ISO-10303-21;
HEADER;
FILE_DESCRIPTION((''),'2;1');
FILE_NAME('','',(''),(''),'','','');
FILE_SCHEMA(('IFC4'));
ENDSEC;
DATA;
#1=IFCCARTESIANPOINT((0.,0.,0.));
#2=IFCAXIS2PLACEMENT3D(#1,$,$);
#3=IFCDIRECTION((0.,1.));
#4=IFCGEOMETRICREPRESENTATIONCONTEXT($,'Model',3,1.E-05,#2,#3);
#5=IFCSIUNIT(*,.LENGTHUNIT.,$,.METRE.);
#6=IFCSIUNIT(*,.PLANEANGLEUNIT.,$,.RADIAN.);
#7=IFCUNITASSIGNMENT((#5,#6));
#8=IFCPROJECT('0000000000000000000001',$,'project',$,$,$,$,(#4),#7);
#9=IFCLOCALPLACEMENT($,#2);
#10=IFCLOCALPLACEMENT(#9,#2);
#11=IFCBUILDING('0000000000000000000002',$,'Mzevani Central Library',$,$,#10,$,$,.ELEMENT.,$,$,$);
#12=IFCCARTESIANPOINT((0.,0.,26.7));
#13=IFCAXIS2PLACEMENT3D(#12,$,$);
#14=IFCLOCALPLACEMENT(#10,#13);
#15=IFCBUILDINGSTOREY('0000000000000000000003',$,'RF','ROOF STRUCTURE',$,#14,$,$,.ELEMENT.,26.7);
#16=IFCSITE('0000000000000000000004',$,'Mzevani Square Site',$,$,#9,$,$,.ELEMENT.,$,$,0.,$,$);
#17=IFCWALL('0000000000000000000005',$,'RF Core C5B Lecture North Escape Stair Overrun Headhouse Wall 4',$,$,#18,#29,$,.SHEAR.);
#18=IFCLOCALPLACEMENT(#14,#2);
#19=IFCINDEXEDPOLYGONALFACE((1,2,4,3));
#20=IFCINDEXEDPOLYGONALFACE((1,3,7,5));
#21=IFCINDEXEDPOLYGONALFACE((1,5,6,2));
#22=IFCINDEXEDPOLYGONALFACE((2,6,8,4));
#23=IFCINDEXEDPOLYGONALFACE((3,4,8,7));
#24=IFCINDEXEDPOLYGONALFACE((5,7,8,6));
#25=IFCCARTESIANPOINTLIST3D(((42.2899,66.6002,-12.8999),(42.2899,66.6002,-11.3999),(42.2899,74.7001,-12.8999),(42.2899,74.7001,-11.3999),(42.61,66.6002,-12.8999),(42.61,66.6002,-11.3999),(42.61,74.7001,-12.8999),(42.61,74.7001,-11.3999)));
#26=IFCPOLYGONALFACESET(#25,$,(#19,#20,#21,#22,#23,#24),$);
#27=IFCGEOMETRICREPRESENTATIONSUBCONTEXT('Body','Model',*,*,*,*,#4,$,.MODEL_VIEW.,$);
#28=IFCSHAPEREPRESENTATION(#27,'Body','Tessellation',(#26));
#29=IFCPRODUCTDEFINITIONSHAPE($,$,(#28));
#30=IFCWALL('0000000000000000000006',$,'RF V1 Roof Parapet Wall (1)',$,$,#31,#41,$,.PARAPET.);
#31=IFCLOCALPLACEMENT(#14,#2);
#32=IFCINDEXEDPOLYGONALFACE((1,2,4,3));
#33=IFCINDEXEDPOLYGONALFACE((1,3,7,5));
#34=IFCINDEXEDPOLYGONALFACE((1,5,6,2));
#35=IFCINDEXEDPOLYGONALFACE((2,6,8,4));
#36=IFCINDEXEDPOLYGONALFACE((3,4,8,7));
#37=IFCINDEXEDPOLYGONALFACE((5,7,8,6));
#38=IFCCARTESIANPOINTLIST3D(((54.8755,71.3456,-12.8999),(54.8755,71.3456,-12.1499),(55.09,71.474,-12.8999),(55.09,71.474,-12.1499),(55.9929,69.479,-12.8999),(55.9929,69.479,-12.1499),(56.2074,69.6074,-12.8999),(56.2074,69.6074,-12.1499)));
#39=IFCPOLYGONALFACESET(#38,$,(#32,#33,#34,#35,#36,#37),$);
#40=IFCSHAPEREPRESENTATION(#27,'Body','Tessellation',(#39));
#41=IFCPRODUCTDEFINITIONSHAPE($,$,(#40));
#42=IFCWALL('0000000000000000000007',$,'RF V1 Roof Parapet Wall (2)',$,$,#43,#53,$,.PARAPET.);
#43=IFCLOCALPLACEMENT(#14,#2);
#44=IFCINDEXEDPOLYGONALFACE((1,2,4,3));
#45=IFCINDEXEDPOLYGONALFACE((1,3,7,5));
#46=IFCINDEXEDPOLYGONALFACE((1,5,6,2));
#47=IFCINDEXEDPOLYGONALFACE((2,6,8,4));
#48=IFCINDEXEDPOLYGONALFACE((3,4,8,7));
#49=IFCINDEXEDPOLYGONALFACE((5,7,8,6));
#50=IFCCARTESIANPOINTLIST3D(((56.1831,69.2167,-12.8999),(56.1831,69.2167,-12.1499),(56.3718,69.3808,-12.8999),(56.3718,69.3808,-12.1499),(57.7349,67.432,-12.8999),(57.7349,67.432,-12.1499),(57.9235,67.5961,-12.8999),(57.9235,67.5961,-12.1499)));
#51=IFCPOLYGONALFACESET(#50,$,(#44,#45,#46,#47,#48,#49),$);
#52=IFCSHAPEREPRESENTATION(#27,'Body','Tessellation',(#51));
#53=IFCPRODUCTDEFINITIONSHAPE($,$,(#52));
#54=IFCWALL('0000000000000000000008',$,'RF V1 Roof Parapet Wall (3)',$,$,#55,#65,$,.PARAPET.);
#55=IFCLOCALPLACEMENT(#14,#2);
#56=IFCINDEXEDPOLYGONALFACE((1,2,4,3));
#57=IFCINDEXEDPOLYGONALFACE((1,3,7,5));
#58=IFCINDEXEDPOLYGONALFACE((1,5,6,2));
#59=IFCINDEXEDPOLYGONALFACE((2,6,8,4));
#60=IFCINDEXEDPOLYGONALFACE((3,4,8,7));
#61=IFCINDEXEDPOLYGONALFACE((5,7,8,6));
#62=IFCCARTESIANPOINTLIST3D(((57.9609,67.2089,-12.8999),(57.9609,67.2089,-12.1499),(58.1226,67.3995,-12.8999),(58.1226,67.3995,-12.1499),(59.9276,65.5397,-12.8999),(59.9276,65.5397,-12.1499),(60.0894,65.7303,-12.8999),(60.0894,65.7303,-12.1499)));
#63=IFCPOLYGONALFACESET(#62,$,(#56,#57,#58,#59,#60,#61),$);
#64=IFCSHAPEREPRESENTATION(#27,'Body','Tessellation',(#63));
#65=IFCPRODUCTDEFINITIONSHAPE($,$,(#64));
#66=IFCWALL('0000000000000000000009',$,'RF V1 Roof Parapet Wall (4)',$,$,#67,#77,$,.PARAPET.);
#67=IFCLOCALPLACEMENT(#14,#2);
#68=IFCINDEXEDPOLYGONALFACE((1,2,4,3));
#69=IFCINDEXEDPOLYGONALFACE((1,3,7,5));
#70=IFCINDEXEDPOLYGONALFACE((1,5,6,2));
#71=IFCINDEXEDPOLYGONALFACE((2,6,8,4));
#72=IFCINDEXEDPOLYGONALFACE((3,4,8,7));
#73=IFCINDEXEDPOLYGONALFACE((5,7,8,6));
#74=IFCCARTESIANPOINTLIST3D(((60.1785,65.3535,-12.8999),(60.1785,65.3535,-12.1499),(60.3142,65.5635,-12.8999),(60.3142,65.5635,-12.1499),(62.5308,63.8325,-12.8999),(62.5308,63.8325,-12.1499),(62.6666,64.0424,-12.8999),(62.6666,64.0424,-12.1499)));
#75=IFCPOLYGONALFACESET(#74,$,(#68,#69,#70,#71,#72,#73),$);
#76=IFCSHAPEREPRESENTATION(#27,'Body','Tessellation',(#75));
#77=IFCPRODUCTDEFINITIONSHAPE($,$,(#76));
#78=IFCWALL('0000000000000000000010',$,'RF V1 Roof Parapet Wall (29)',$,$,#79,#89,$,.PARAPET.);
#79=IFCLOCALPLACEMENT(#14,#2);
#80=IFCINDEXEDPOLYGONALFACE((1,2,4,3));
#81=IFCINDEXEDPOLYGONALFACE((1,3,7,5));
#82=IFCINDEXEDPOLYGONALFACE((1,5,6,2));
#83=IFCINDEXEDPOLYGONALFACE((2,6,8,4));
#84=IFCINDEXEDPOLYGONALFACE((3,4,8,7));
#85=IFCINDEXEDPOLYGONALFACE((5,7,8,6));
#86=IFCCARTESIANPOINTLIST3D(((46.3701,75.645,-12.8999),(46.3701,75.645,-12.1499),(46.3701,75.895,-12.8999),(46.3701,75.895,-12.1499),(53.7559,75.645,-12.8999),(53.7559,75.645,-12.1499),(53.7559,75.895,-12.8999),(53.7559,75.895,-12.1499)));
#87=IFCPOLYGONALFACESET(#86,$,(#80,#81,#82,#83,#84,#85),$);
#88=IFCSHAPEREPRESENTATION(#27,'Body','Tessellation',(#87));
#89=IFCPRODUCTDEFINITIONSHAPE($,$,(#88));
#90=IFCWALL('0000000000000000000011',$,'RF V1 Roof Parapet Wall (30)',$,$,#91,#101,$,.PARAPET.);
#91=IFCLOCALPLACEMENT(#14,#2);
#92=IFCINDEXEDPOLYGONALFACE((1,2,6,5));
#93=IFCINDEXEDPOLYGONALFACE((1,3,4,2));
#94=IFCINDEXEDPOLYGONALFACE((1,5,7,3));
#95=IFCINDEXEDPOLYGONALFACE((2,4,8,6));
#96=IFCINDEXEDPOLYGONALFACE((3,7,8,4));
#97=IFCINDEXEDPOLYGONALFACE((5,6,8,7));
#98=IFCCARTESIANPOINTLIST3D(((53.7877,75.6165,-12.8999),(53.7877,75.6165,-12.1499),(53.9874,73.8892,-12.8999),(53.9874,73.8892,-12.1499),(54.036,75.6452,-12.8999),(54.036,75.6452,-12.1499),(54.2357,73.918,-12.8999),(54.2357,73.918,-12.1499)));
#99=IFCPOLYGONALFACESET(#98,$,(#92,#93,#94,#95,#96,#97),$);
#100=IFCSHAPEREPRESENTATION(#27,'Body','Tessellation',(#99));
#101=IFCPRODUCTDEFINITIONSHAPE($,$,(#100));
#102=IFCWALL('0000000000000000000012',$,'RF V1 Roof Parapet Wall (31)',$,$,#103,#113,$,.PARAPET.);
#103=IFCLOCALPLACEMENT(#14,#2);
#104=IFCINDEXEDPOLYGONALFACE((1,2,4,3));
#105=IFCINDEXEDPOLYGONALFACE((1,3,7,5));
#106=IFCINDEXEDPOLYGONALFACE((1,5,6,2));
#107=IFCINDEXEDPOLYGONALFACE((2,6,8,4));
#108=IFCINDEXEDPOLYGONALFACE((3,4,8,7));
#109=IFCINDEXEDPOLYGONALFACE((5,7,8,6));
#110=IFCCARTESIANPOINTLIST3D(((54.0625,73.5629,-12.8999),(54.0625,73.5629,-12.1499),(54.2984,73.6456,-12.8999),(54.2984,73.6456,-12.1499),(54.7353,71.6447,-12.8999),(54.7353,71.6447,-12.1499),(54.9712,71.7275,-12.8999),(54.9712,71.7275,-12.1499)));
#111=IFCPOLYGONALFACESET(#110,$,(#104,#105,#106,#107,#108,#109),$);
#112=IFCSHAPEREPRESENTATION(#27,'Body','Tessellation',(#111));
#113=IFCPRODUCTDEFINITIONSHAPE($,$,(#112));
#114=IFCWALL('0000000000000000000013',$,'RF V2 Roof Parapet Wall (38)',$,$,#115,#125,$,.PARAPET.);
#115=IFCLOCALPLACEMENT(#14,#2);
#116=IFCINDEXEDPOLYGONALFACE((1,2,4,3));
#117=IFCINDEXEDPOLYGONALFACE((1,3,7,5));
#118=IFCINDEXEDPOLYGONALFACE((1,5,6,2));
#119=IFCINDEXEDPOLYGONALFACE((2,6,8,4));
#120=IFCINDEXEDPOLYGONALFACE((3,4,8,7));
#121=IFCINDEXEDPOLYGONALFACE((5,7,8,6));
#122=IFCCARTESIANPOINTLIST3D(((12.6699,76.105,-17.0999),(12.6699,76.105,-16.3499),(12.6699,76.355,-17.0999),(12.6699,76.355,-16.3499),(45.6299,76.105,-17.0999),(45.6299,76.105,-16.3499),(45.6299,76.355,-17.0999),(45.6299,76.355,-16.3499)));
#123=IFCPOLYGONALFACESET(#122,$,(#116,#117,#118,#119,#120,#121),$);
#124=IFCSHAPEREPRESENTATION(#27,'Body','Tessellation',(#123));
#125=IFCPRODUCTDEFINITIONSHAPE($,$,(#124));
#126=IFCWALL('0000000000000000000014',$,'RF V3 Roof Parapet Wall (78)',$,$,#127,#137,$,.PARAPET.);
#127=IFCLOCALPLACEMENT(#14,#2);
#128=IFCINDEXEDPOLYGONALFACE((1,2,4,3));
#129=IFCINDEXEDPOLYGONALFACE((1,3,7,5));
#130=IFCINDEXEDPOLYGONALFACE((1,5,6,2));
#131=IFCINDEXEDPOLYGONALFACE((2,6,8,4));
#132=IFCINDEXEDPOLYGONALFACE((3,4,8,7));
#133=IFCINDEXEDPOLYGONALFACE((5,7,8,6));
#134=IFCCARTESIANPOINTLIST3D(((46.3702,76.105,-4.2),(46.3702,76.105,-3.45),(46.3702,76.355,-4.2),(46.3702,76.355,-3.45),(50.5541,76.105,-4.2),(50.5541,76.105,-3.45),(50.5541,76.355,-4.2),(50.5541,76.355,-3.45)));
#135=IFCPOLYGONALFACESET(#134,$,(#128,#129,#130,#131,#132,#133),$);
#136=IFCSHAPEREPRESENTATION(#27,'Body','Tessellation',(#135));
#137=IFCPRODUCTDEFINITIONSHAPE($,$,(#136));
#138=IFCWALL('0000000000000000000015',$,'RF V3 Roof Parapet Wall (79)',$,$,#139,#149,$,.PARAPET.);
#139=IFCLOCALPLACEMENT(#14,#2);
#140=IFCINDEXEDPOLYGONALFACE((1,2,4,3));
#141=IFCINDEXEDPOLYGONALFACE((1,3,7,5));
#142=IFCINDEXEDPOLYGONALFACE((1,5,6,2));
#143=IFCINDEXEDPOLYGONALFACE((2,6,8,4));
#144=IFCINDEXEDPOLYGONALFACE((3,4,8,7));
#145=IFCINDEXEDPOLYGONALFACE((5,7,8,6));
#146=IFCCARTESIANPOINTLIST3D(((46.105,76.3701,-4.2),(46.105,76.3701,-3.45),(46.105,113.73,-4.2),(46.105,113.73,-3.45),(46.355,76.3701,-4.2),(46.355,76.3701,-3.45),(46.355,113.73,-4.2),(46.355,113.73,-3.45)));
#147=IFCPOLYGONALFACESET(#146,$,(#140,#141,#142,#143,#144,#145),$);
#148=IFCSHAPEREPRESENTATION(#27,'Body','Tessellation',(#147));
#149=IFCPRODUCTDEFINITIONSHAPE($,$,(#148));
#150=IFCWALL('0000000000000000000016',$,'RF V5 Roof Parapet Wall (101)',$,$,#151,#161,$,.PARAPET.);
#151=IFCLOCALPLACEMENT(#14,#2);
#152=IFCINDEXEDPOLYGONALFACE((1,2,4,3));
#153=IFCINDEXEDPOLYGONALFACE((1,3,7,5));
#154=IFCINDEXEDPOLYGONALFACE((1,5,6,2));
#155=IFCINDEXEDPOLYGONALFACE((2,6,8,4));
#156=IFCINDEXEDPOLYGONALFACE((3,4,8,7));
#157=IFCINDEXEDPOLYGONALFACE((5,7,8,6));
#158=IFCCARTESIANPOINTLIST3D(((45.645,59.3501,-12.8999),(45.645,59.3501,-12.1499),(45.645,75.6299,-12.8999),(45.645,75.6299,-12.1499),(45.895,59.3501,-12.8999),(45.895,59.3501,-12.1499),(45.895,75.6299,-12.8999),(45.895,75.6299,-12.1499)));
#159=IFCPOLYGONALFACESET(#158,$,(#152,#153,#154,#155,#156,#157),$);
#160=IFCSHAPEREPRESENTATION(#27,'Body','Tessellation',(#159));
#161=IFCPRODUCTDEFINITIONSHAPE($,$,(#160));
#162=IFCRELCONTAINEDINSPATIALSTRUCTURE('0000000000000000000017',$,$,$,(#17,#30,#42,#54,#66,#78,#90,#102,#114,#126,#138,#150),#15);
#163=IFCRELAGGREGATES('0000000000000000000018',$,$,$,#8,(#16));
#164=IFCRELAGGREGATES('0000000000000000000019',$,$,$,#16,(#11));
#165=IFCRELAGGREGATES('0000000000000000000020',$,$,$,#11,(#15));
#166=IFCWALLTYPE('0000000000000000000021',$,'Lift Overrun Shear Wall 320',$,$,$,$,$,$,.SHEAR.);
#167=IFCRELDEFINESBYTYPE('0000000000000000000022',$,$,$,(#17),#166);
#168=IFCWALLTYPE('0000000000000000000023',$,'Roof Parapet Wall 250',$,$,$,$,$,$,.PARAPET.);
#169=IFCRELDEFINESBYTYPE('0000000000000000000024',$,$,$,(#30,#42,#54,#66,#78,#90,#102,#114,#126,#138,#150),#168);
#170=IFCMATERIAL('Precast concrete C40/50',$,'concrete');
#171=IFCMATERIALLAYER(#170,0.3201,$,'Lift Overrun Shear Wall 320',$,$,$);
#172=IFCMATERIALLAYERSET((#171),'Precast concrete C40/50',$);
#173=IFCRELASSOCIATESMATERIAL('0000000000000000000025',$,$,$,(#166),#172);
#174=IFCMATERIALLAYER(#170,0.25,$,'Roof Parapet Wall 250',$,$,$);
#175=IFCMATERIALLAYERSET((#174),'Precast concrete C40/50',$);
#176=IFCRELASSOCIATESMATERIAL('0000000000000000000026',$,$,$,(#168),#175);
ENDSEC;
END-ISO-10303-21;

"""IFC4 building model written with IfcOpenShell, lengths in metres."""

from ifc_helpers import new_model, si_unit, direction, frame, frame_2d, origin, place, context, subcontext, project, spatial, rectangle, extrude, material, layer, layer_set, type_object, element, save


model = new_model("IFC4")

# Units and contexts
model_context = context("Model", 3, precision=1e-05, world=origin(), true_north=direction((0.0, 1.0)))
body_context = subcontext(model_context, "Body", "Model", "MODEL_VIEW")
ifc_project = project(units=[si_unit("LENGTHUNIT", "METRE"), si_unit("PLANEANGLEUNIT", "RADIAN")], contexts=[model_context])

# Site, building, storey
site_placement = place(None, origin())
site = spatial("IfcSite", under=ifc_project, at=site_placement, Name="Mzevani Square Site", CompositionType="ELEMENT", RefElevation=0.0)
building_placement = place(site_placement, origin())
building = spatial("IfcBuilding", under=site, at=building_placement, Name="Mzevani Central Library", CompositionType="ELEMENT")
storey_placement = place(building_placement, frame((0.0, 0.0, 26.7)))
storey = spatial("IfcBuildingStorey", under=building, at=storey_placement, Name="RF", Description="ROOF STRUCTURE", CompositionType="ELEMENT", Elevation=26.7)

# Walls
ifc_material_1 = material(Name="Precast concrete C40/50", Category="concrete")
ifc_layer_1 = layer(ifc_material_1, 0.3201, Name="Lift Overrun Shear Wall 320")
ifc_layer_set_1 = layer_set([ifc_layer_1], Name="Precast concrete C40/50")
wall_type_1 = type_object("IfcWallType", Name="Lift Overrun Shear Wall 320", PredefinedType="SHEAR", material=ifc_layer_set_1)
wall_1_placement = place(storey_placement, frame((42.45, 74.7, -12.8999), z_axis=(0.0, 0.0, 1.0), x_axis=(0.0, -1.0, 0.0)))
element("IfcWall", 1, at=wall_1_placement, inside=storey, type_object=wall_type_1, Name="RF Core C5B Lecture North Escape Stair Overrun Headhouse Wall 4", PredefinedType="SHEAR", context=body_context, shape_type="SweptSolid", body=[
    extrude(rectangle(XDim=8.0999, YDim=0.3201, at=frame_2d((4.0498, 0.0))), origin(), (0.0, 0.0, 1.0), 1.5),
])
ifc_layer_2 = layer(ifc_material_1, 0.25, Name="Roof Parapet Wall 250")
ifc_layer_set_2 = layer_set([ifc_layer_2], Name="Precast concrete C40/50")
wall_type_2 = type_object("IfcWallType", Name="Roof Parapet Wall 250", PredefinedType="PARAPET", material=ifc_layer_set_2)
wall_2_placement = place(storey_placement, frame((54.9827, 71.4099, -12.8999), z_axis=(0.0, 0.0, 1.0), x_axis=(0.513621, -0.858017, 0.0)))
element("IfcWall", 2, at=wall_2_placement, inside=storey, type_object=wall_type_2, Name="RF V1 Roof Parapet Wall (1)", PredefinedType="PARAPET", context=body_context, shape_type="SweptSolid", body=[
    extrude(rectangle(XDim=2.1755, YDim=0.25, at=frame_2d((1.0879, 0.0))), origin(), (0.0, 0.0, 1.0), 0.75),
])
wall_3_placement = place(storey_placement, frame((56.2773, 69.2988, -12.8999), z_axis=(0.0, 0.0, 1.0), x_axis=(0.656148, -0.754632, 0.0)))
element("IfcWall", 3, at=wall_3_placement, inside=storey, type_object=wall_type_2, Name="RF V1 Roof Parapet Wall (2)", PredefinedType="PARAPET", context=body_context, shape_type="SweptSolid", body=[
    extrude(rectangle(XDim=2.365, YDim=0.25, at=frame_2d((1.1826, 0.0))), origin(), (0.0, 0.0, 1.0), 0.75),
])
wall_4_placement = place(storey_placement, frame((58.0417, 67.3042, -12.8999), z_axis=(0.0, 0.0, 1.0), x_axis=(0.762434, -0.647066, 0.0)))
element("IfcWall", 4, at=wall_4_placement, inside=storey, type_object=wall_type_2, Name="RF V1 Roof Parapet Wall (3)", PredefinedType="PARAPET", context=body_context, shape_type="SweptSolid", body=[
    extrude(rectangle(XDim=2.5796, YDim=0.25, at=frame_2d((1.2898, 0.0))), origin(), (0.0, 0.0, 1.0), 0.75),
])
wall_5_placement = place(storey_placement, frame((60.2463, 65.4585, -12.8999), z_axis=(0.0, 0.0, 1.0), x_axis=(0.839745, -0.54298, 0.0)))
element("IfcWall", 5, at=wall_5_placement, inside=storey, type_object=wall_type_2, Name="RF V1 Roof Parapet Wall (4)", PredefinedType="PARAPET", context=body_context, shape_type="SweptSolid", body=[
    extrude(rectangle(XDim=2.8013, YDim=0.25, at=frame_2d((1.4006, 0.0))), origin(), (0.0, 0.0, 1.0), 0.75),
])
wall_6_placement = place(storey_placement, frame((46.3701, 75.77, -12.8999), z_axis=(0.0, 0.0, 1.0), x_axis=(1.0, 0.0, 0.0)))
element("IfcWall", 6, at=wall_6_placement, inside=storey, type_object=wall_type_2, Name="RF V1 Roof Parapet Wall (29)", PredefinedType="PARAPET", context=body_context, shape_type="SweptSolid", body=[
    extrude(rectangle(XDim=7.3857, YDim=0.25, at=frame_2d((3.6929, 0.0))), origin(), (0.0, 0.0, 1.0), 0.75),
])
wall_7_placement = place(storey_placement, frame((53.9119, 75.6309, -12.8999), z_axis=(0.0, 0.0, 1.0), x_axis=(0.114853, -0.993382, 0.0)))
element("IfcWall", 7, at=wall_7_placement, inside=storey, type_object=wall_type_2, Name="RF V1 Roof Parapet Wall (30)", PredefinedType="PARAPET", context=body_context, shape_type="SweptSolid", body=[
    extrude(rectangle(XDim=1.7388, YDim=0.25, at=frame_2d((0.8694, 0.0))), origin(), (0.0, 0.0, 1.0), 0.75),
])
wall_8_placement = place(storey_placement, frame((54.1804, 73.6042, -12.8999), z_axis=(0.0, 0.0, 1.0), x_axis=(0.330998, -0.943632, 0.0)))
element("IfcWall", 8, at=wall_8_placement, inside=storey, type_object=wall_type_2, Name="RF V1 Roof Parapet Wall (31)", PredefinedType="PARAPET", context=body_context, shape_type="SweptSolid", body=[
    extrude(rectangle(XDim=2.0327, YDim=0.25, at=frame_2d((1.0164, 0.0))), origin(), (0.0, 0.0, 1.0), 0.75),
])
wall_9_placement = place(storey_placement, frame((45.6299, 76.23, -17.0999), z_axis=(0.0, 0.0, 1.0), x_axis=(-1.0, 0.0, 0.0)))
element("IfcWall", 9, at=wall_9_placement, inside=storey, type_object=wall_type_2, Name="RF V2 Roof Parapet Wall (38)", PredefinedType="PARAPET", context=body_context, shape_type="SweptSolid", body=[
    extrude(rectangle(XDim=32.96, YDim=0.25, at=frame_2d((16.48, 0.0))), origin(), (0.0, 0.0, 1.0), 0.75),
])
wall_10_placement = place(storey_placement, frame((50.554, 76.23, -4.2), z_axis=(0.0, 0.0, 1.0), x_axis=(-1.0, 0.0, 0.0)))
element("IfcWall", 10, at=wall_10_placement, inside=storey, type_object=wall_type_2, Name="RF V3 Roof Parapet Wall (78)", PredefinedType="PARAPET", context=body_context, shape_type="SweptSolid", body=[
    extrude(rectangle(XDim=4.1838, YDim=0.25, at=frame_2d((2.0918, 0.0))), origin(), (0.0, 0.0, 1.0), 0.75),
])
wall_11_placement = place(storey_placement, frame((46.23, 76.3701, -4.2), z_axis=(0.0, 0.0, 1.0), x_axis=(0.0, 1.0, 0.0)))
element("IfcWall", 11, at=wall_11_placement, inside=storey, type_object=wall_type_2, Name="RF V3 Roof Parapet Wall (79)", PredefinedType="PARAPET", context=body_context, shape_type="SweptSolid", body=[
    extrude(rectangle(XDim=37.3599, YDim=0.25, at=frame_2d((18.6799, 0.0))), origin(), (0.0, 0.0, 1.0), 0.75),
])
wall_12_placement = place(storey_placement, frame((45.77, 75.6299, -12.8999), z_axis=(0.0, 0.0, 1.0), x_axis=(0.0, -1.0, 0.0)))
element("IfcWall", 12, at=wall_12_placement, inside=storey, type_object=wall_type_2, Name="RF V5 Roof Parapet Wall (101)", PredefinedType="PARAPET", context=body_context, shape_type="SweptSolid", body=[
    extrude(rectangle(XDim=16.2798, YDim=0.25, at=frame_2d((8.1399, 0.0))), origin(), (0.0, 0.0, 1.0), 0.75),
])

save(model, "model.ifc")
